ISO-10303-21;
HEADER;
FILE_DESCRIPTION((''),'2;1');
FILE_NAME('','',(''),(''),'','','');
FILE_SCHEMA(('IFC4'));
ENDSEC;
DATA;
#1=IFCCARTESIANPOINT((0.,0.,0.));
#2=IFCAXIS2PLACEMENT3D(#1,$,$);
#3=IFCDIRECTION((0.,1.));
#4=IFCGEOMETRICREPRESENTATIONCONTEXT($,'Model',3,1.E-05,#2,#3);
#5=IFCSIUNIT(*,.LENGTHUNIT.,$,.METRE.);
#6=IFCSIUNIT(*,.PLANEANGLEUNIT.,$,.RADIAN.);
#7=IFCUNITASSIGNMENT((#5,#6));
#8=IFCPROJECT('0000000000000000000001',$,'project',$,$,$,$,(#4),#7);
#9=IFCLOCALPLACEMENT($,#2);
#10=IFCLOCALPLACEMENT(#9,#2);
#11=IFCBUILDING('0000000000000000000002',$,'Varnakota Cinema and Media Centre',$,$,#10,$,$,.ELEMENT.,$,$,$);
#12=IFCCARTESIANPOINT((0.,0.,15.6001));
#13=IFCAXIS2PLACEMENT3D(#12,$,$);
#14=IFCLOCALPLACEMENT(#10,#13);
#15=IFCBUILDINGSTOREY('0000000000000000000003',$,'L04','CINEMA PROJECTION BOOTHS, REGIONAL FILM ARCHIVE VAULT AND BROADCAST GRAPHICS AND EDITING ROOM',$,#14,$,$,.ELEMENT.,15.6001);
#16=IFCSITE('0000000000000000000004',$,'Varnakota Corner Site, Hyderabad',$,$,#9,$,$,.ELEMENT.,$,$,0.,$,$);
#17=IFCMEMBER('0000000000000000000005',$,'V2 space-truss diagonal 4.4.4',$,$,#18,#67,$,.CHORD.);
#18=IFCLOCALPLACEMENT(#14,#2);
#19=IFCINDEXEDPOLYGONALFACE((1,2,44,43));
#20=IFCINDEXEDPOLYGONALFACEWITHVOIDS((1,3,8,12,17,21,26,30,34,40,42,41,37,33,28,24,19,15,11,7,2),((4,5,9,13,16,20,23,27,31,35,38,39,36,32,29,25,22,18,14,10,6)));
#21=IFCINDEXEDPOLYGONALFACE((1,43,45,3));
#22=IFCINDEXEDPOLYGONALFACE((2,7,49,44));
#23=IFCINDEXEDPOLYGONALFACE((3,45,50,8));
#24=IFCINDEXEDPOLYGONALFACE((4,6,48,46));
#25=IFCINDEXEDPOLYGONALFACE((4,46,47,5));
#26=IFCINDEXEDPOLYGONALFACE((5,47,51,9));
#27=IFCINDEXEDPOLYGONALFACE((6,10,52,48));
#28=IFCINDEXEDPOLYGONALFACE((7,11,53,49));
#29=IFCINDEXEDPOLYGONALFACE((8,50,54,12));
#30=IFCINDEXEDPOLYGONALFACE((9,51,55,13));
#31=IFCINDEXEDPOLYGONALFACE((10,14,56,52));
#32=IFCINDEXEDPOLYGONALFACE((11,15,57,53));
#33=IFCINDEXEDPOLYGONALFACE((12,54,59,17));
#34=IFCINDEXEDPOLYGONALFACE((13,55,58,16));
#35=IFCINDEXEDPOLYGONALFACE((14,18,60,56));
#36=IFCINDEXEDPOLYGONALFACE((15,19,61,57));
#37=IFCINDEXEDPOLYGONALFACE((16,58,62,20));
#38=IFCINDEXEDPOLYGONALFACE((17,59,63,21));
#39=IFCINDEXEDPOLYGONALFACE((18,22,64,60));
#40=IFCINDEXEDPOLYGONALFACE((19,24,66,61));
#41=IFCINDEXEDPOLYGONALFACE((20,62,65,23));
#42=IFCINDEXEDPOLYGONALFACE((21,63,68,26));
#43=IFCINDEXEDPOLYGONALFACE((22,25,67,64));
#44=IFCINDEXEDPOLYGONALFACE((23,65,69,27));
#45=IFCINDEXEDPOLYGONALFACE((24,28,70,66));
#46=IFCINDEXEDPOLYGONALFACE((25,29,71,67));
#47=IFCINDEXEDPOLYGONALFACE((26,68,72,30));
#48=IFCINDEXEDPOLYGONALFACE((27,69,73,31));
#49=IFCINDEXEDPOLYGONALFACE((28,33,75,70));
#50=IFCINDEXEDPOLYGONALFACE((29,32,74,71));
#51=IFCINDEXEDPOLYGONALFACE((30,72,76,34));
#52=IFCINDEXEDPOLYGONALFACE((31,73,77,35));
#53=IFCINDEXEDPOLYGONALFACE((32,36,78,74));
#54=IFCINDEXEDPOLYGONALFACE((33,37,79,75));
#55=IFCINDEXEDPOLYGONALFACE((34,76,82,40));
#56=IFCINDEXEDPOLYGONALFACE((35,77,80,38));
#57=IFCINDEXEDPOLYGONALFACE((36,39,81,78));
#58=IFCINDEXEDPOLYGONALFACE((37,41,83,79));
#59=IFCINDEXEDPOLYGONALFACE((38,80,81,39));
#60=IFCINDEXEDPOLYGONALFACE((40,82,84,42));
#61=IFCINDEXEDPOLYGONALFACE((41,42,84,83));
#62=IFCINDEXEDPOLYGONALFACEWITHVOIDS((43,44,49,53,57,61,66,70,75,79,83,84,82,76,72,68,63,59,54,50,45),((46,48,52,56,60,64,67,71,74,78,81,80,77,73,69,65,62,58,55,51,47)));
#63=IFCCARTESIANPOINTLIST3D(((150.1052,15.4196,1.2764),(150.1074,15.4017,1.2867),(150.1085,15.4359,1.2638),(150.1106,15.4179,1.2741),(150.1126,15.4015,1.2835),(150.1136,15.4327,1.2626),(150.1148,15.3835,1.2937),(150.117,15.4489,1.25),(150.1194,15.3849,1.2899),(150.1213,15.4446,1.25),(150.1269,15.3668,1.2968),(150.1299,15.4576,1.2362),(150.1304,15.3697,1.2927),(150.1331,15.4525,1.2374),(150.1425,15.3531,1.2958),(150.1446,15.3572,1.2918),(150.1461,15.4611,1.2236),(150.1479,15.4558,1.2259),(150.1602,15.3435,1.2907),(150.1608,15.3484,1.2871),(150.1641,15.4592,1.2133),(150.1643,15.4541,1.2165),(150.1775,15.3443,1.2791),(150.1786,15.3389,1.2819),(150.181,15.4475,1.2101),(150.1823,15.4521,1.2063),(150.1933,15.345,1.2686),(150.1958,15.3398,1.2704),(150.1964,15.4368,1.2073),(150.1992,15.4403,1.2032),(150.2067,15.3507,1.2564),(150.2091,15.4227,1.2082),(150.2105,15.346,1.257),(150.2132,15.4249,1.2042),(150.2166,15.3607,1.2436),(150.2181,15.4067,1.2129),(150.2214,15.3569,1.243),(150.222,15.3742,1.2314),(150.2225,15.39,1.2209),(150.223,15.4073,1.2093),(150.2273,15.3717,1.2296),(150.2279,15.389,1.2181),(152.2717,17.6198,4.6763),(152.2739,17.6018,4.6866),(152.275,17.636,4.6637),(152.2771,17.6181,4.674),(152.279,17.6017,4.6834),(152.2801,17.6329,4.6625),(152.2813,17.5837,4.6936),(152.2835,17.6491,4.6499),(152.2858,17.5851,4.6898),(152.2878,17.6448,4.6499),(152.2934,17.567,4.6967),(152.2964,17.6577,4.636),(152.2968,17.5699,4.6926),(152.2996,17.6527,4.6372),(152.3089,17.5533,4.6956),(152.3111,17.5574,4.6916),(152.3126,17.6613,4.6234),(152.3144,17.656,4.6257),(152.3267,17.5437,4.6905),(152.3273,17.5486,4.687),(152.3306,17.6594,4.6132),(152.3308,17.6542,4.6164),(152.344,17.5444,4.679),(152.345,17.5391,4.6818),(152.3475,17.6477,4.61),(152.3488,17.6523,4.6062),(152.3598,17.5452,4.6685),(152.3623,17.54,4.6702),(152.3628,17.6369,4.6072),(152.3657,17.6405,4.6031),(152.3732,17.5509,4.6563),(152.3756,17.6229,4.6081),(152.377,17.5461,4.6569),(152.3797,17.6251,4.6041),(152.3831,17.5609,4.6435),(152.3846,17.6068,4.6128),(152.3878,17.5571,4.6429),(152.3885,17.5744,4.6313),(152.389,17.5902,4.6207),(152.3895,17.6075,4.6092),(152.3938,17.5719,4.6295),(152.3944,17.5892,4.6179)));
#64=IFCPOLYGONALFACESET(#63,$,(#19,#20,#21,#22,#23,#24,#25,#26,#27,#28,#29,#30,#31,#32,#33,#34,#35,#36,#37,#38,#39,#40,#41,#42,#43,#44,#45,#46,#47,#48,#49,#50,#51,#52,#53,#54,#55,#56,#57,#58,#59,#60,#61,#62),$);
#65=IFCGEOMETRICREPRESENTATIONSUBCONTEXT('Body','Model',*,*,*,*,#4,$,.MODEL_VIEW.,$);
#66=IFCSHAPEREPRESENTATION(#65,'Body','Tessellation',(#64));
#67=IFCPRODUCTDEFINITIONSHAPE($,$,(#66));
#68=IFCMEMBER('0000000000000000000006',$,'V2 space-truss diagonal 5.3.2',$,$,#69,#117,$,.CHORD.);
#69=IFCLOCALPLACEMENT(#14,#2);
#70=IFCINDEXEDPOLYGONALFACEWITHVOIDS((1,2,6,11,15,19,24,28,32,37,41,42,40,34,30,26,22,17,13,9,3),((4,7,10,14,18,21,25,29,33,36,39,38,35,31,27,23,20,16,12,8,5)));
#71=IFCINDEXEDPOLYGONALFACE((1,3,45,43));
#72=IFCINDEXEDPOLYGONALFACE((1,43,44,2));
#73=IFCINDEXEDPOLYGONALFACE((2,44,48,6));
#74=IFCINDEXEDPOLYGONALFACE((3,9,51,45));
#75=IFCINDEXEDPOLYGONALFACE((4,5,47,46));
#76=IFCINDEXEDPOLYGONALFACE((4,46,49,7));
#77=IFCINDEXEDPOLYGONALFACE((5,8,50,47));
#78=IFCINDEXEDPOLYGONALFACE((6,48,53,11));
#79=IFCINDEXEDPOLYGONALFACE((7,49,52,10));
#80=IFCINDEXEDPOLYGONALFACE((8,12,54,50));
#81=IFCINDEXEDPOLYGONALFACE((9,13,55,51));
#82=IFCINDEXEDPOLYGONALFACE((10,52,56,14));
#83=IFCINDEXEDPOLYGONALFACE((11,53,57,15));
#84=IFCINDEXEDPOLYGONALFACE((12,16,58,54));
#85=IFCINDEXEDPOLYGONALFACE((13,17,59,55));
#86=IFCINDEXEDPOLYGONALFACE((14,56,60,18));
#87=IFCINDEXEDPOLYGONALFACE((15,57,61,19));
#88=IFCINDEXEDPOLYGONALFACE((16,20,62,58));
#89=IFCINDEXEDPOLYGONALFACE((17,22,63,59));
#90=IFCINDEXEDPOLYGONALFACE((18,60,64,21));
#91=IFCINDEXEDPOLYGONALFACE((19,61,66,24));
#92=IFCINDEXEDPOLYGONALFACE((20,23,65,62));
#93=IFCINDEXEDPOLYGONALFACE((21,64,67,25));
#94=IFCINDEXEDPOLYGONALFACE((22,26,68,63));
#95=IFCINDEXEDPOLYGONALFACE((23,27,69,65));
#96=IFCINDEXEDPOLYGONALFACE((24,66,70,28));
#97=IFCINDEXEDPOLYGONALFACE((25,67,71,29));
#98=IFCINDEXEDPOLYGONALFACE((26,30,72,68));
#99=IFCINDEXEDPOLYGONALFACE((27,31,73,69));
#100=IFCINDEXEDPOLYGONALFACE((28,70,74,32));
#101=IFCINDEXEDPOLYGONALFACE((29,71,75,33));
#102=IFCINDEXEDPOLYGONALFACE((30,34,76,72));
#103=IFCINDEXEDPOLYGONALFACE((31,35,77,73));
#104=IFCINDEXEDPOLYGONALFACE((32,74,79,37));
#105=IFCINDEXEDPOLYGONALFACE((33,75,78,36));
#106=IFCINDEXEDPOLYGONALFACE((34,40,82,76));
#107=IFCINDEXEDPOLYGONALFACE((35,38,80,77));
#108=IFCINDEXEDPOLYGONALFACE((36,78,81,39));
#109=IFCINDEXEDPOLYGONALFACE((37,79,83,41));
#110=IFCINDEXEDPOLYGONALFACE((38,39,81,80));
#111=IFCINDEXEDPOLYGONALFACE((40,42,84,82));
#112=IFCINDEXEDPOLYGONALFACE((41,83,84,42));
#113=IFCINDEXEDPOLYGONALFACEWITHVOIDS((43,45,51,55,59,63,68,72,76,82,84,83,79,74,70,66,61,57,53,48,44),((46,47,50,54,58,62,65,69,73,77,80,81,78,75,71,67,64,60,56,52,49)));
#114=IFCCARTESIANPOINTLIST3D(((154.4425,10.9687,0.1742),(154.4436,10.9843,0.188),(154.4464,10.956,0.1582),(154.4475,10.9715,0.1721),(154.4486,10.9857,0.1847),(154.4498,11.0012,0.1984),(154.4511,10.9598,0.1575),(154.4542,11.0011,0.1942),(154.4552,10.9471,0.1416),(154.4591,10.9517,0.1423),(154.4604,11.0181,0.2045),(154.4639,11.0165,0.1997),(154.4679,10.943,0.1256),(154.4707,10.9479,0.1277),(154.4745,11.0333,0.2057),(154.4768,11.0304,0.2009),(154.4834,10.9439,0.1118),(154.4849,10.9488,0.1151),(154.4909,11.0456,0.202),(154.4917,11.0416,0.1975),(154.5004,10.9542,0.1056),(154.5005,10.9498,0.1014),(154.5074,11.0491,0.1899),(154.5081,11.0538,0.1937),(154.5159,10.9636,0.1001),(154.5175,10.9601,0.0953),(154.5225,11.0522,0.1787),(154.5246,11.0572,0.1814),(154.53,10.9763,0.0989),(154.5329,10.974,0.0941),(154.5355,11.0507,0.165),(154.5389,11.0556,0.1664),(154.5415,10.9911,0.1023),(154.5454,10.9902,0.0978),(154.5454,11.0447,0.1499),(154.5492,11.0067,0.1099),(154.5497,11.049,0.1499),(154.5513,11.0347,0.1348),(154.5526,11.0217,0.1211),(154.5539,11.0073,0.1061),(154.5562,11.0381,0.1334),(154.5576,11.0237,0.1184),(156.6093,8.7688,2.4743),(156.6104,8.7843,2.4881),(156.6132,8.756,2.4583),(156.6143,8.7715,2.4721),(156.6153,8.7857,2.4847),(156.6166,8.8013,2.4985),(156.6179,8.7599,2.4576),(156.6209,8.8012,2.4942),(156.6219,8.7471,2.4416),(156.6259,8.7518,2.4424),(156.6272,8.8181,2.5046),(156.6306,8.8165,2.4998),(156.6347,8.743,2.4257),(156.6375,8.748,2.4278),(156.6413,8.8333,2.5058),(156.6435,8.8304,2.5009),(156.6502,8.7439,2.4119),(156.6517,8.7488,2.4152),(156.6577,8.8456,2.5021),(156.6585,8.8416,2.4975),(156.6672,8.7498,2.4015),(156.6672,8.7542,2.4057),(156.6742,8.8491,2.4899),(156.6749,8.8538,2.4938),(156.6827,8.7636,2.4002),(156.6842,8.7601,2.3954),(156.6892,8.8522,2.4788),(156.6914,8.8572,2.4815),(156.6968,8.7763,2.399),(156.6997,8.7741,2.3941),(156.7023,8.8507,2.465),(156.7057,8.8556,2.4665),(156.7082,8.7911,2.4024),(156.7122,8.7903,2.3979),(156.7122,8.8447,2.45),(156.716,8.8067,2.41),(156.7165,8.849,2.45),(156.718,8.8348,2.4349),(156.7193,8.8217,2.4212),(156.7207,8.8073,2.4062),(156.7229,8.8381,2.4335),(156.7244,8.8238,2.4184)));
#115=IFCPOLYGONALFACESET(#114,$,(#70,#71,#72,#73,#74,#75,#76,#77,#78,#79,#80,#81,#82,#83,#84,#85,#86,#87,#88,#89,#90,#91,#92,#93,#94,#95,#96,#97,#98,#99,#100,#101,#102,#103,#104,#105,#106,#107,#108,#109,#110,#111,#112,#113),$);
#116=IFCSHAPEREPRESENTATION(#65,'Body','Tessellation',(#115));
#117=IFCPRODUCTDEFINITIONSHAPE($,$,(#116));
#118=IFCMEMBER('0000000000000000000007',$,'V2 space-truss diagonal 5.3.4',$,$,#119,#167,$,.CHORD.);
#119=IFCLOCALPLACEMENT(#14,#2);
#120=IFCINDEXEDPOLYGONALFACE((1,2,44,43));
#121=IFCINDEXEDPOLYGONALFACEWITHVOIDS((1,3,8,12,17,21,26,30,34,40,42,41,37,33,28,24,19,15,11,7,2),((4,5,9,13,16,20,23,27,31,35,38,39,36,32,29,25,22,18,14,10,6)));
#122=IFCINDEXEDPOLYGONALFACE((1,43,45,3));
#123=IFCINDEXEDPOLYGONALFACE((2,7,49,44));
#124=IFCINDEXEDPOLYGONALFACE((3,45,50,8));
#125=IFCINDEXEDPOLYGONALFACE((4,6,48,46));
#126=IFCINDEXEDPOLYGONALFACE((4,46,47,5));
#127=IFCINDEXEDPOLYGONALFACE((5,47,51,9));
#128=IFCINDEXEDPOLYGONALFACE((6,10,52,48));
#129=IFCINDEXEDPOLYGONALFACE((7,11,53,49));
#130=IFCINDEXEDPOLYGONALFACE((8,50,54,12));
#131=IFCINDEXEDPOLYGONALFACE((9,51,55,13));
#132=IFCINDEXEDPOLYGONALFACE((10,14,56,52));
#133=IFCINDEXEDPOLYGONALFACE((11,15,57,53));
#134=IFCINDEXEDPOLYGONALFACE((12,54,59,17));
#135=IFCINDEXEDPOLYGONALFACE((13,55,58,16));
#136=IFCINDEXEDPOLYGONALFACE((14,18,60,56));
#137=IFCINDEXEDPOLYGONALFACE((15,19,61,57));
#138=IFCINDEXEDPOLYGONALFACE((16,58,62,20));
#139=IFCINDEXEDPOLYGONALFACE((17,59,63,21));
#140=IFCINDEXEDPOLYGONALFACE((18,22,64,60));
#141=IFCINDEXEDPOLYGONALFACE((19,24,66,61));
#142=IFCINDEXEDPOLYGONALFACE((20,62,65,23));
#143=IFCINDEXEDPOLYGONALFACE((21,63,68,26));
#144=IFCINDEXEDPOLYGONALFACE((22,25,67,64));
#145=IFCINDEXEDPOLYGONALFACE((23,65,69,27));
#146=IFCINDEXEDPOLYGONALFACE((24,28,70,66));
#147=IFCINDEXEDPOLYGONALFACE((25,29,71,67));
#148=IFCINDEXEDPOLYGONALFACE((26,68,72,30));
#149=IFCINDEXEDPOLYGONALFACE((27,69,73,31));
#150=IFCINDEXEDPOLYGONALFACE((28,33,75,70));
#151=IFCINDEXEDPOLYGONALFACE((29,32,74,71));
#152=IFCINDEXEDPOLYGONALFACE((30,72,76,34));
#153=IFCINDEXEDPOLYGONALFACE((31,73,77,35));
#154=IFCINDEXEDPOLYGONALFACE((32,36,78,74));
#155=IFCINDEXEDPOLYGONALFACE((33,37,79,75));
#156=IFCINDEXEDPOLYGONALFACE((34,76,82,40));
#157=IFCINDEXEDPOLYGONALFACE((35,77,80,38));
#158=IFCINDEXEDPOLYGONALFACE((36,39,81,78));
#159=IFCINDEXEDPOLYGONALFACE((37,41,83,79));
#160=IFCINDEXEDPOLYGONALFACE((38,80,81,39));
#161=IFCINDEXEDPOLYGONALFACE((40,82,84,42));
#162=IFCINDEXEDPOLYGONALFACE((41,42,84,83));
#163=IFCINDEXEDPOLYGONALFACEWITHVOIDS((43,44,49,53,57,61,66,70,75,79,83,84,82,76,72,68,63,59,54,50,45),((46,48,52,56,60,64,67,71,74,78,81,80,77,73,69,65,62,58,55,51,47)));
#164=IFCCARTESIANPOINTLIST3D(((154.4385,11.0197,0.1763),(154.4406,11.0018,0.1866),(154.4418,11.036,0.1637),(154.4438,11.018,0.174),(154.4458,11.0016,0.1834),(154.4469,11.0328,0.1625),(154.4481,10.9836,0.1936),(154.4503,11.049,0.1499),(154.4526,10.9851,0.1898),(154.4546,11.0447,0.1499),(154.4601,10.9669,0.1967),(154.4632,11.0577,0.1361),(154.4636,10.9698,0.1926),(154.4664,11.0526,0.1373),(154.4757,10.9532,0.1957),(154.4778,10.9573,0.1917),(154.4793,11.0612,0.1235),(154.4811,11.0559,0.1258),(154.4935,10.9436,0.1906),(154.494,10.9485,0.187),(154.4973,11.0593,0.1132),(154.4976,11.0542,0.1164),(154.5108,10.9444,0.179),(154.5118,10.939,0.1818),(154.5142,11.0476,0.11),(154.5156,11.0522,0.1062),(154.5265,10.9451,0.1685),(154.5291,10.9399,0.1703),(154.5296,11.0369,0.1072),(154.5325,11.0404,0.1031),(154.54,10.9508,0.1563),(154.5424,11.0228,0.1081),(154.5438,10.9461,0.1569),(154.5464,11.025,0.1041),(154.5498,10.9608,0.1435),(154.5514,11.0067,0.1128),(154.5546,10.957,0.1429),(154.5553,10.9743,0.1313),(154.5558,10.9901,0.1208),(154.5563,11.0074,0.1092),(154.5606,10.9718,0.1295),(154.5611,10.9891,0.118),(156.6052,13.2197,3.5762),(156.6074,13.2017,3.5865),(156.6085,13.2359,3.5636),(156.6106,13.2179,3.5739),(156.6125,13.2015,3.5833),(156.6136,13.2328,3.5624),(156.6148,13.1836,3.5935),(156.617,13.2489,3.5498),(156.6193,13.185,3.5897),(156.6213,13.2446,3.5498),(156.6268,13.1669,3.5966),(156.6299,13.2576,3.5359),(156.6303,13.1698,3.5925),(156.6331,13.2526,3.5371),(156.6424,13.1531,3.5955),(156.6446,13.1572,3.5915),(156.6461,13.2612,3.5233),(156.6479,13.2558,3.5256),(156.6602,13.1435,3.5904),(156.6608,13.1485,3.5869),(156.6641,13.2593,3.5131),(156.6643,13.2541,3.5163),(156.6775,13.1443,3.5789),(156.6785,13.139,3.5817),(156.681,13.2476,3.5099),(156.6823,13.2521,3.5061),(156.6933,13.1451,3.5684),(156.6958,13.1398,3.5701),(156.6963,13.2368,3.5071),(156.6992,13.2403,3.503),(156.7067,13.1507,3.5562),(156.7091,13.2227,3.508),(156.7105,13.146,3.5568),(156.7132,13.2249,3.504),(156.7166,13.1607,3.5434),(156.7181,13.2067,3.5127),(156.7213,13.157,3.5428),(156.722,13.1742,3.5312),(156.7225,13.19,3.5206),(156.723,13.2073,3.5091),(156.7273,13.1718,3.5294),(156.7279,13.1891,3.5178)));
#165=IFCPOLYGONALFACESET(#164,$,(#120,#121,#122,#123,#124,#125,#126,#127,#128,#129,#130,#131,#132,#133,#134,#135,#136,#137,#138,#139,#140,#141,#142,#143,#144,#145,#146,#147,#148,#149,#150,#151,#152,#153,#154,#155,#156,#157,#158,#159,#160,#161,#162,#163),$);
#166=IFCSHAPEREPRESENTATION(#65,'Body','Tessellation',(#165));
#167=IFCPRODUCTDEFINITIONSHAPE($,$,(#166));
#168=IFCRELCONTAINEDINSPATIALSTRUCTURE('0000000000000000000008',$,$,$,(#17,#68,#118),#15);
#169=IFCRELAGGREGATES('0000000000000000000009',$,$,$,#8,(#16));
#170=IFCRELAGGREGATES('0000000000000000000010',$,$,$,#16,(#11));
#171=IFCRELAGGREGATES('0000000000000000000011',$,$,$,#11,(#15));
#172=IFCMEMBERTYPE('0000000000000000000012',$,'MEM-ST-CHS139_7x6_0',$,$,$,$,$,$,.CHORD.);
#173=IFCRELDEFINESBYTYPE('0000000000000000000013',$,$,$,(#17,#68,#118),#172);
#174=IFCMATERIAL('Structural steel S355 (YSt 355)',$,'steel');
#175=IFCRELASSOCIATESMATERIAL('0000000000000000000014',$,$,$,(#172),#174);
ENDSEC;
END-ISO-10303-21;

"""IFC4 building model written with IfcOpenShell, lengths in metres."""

from ifc_helpers import new_model, si_unit, direction, frame, origin, origin_2d, place, context, subcontext, project, spatial, hollow_circle, extrude, material, material_profile, profile_set, type_object, element, save


model = new_model("IFC4")

# Units and contexts
model_context = context("Model", 3, precision=1e-05, world=origin(), true_north=direction((0.0, 1.0)))
body_context = subcontext(model_context, "Body", "Model", "MODEL_VIEW")
ifc_project = project(units=[si_unit("LENGTHUNIT", "METRE"), si_unit("PLANEANGLEUNIT", "RADIAN")], contexts=[model_context])

# Site, building, storey
site_placement = place(None, origin())
site = spatial("IfcSite", under=ifc_project, at=site_placement, Name="Varnakota Corner Site, Hyderabad", CompositionType="ELEMENT", RefElevation=0.0)
building_placement = place(site_placement, origin())
building = spatial("IfcBuilding", under=site, at=building_placement, Name="Varnakota Cinema and Media Centre", CompositionType="ELEMENT")
storey_placement = place(building_placement, frame((0.0, 0.0, 15.6001)))
storey = spatial("IfcBuildingStorey", under=building, at=storey_placement, Name="L04", Description="CINEMA PROJECTION BOOTHS, REGIONAL FILM ARCHIVE VAULT AND BROADCAST GRAPHICS AND EDITING ROOM", CompositionType="ELEMENT", Elevation=15.6001)

# Members
ifc_material_1 = material(Name="Structural steel S355 (YSt 355)", Category="steel")
ifc_material_profile_1 = material_profile(ifc_material_1, hollow_circle(Radius=0.0698, WallThickness=0.0061, at=origin_2d()), Name="CHS 139.7x6.0")
ifc_profile_set_1 = profile_set([ifc_material_profile_1], Name="Structural steel S355 (YSt 355)")
member_type_1 = type_object("IfcMemberType", Name="MEM-ST-CHS139_7x6_0", PredefinedType="CHORD", material=ifc_profile_set_1)
member_1_placement = place(storey_placement, frame((150.1667, 15.3999, 1.25), z_axis=(0.471716, 0.479052, 0.740266), x_axis=(-0.712541, 0.70163, 0.0)))
element("IfcMember", 1, at=member_1_placement, inside=storey, type_object=member_type_1, Name="V2 space-truss diagonal 4.4.4", PredefinedType="CHORD", context=body_context, shape_type="SweptSolid", body=[
    extrude(hollow_circle(Radius=0.0698, WallThickness=0.0061, at=origin_2d()), origin(), (0.0, 0.0, 1.0), 4.5928),
])
member_2_placement = place(storey_placement, frame((154.5, 11.0, 0.1499), z_axis=(0.562748, -0.571371, 0.597369), x_axis=(0.712463, 0.70171, 0.0)))
element("IfcMember", 2, at=member_2_placement, inside=storey, type_object=member_type_1, Name="V2 space-truss diagonal 5.3.2", PredefinedType="CHORD", context=body_context, shape_type="SweptSolid", body=[
    extrude(hollow_circle(Radius=0.0698, WallThickness=0.0061, at=origin_2d()), origin(), (0.0, 0.0, 1.0), 3.8503),
])
member_3_placement = place(storey_placement, frame((154.5, 11.0, 0.1499), z_axis=(0.471769, 0.478999, 0.740266), x_axis=(-0.712463, 0.70171, 0.0)))
element("IfcMember", 3, at=member_3_placement, inside=storey, type_object=member_type_1, Name="V2 space-truss diagonal 5.3.4", PredefinedType="CHORD", context=body_context, shape_type="SweptSolid", body=[
    extrude(hollow_circle(Radius=0.0698, WallThickness=0.0061, at=origin_2d()), origin(), (0.0, 0.0, 1.0), 4.5928),
])

save(model, "model.ifc")
